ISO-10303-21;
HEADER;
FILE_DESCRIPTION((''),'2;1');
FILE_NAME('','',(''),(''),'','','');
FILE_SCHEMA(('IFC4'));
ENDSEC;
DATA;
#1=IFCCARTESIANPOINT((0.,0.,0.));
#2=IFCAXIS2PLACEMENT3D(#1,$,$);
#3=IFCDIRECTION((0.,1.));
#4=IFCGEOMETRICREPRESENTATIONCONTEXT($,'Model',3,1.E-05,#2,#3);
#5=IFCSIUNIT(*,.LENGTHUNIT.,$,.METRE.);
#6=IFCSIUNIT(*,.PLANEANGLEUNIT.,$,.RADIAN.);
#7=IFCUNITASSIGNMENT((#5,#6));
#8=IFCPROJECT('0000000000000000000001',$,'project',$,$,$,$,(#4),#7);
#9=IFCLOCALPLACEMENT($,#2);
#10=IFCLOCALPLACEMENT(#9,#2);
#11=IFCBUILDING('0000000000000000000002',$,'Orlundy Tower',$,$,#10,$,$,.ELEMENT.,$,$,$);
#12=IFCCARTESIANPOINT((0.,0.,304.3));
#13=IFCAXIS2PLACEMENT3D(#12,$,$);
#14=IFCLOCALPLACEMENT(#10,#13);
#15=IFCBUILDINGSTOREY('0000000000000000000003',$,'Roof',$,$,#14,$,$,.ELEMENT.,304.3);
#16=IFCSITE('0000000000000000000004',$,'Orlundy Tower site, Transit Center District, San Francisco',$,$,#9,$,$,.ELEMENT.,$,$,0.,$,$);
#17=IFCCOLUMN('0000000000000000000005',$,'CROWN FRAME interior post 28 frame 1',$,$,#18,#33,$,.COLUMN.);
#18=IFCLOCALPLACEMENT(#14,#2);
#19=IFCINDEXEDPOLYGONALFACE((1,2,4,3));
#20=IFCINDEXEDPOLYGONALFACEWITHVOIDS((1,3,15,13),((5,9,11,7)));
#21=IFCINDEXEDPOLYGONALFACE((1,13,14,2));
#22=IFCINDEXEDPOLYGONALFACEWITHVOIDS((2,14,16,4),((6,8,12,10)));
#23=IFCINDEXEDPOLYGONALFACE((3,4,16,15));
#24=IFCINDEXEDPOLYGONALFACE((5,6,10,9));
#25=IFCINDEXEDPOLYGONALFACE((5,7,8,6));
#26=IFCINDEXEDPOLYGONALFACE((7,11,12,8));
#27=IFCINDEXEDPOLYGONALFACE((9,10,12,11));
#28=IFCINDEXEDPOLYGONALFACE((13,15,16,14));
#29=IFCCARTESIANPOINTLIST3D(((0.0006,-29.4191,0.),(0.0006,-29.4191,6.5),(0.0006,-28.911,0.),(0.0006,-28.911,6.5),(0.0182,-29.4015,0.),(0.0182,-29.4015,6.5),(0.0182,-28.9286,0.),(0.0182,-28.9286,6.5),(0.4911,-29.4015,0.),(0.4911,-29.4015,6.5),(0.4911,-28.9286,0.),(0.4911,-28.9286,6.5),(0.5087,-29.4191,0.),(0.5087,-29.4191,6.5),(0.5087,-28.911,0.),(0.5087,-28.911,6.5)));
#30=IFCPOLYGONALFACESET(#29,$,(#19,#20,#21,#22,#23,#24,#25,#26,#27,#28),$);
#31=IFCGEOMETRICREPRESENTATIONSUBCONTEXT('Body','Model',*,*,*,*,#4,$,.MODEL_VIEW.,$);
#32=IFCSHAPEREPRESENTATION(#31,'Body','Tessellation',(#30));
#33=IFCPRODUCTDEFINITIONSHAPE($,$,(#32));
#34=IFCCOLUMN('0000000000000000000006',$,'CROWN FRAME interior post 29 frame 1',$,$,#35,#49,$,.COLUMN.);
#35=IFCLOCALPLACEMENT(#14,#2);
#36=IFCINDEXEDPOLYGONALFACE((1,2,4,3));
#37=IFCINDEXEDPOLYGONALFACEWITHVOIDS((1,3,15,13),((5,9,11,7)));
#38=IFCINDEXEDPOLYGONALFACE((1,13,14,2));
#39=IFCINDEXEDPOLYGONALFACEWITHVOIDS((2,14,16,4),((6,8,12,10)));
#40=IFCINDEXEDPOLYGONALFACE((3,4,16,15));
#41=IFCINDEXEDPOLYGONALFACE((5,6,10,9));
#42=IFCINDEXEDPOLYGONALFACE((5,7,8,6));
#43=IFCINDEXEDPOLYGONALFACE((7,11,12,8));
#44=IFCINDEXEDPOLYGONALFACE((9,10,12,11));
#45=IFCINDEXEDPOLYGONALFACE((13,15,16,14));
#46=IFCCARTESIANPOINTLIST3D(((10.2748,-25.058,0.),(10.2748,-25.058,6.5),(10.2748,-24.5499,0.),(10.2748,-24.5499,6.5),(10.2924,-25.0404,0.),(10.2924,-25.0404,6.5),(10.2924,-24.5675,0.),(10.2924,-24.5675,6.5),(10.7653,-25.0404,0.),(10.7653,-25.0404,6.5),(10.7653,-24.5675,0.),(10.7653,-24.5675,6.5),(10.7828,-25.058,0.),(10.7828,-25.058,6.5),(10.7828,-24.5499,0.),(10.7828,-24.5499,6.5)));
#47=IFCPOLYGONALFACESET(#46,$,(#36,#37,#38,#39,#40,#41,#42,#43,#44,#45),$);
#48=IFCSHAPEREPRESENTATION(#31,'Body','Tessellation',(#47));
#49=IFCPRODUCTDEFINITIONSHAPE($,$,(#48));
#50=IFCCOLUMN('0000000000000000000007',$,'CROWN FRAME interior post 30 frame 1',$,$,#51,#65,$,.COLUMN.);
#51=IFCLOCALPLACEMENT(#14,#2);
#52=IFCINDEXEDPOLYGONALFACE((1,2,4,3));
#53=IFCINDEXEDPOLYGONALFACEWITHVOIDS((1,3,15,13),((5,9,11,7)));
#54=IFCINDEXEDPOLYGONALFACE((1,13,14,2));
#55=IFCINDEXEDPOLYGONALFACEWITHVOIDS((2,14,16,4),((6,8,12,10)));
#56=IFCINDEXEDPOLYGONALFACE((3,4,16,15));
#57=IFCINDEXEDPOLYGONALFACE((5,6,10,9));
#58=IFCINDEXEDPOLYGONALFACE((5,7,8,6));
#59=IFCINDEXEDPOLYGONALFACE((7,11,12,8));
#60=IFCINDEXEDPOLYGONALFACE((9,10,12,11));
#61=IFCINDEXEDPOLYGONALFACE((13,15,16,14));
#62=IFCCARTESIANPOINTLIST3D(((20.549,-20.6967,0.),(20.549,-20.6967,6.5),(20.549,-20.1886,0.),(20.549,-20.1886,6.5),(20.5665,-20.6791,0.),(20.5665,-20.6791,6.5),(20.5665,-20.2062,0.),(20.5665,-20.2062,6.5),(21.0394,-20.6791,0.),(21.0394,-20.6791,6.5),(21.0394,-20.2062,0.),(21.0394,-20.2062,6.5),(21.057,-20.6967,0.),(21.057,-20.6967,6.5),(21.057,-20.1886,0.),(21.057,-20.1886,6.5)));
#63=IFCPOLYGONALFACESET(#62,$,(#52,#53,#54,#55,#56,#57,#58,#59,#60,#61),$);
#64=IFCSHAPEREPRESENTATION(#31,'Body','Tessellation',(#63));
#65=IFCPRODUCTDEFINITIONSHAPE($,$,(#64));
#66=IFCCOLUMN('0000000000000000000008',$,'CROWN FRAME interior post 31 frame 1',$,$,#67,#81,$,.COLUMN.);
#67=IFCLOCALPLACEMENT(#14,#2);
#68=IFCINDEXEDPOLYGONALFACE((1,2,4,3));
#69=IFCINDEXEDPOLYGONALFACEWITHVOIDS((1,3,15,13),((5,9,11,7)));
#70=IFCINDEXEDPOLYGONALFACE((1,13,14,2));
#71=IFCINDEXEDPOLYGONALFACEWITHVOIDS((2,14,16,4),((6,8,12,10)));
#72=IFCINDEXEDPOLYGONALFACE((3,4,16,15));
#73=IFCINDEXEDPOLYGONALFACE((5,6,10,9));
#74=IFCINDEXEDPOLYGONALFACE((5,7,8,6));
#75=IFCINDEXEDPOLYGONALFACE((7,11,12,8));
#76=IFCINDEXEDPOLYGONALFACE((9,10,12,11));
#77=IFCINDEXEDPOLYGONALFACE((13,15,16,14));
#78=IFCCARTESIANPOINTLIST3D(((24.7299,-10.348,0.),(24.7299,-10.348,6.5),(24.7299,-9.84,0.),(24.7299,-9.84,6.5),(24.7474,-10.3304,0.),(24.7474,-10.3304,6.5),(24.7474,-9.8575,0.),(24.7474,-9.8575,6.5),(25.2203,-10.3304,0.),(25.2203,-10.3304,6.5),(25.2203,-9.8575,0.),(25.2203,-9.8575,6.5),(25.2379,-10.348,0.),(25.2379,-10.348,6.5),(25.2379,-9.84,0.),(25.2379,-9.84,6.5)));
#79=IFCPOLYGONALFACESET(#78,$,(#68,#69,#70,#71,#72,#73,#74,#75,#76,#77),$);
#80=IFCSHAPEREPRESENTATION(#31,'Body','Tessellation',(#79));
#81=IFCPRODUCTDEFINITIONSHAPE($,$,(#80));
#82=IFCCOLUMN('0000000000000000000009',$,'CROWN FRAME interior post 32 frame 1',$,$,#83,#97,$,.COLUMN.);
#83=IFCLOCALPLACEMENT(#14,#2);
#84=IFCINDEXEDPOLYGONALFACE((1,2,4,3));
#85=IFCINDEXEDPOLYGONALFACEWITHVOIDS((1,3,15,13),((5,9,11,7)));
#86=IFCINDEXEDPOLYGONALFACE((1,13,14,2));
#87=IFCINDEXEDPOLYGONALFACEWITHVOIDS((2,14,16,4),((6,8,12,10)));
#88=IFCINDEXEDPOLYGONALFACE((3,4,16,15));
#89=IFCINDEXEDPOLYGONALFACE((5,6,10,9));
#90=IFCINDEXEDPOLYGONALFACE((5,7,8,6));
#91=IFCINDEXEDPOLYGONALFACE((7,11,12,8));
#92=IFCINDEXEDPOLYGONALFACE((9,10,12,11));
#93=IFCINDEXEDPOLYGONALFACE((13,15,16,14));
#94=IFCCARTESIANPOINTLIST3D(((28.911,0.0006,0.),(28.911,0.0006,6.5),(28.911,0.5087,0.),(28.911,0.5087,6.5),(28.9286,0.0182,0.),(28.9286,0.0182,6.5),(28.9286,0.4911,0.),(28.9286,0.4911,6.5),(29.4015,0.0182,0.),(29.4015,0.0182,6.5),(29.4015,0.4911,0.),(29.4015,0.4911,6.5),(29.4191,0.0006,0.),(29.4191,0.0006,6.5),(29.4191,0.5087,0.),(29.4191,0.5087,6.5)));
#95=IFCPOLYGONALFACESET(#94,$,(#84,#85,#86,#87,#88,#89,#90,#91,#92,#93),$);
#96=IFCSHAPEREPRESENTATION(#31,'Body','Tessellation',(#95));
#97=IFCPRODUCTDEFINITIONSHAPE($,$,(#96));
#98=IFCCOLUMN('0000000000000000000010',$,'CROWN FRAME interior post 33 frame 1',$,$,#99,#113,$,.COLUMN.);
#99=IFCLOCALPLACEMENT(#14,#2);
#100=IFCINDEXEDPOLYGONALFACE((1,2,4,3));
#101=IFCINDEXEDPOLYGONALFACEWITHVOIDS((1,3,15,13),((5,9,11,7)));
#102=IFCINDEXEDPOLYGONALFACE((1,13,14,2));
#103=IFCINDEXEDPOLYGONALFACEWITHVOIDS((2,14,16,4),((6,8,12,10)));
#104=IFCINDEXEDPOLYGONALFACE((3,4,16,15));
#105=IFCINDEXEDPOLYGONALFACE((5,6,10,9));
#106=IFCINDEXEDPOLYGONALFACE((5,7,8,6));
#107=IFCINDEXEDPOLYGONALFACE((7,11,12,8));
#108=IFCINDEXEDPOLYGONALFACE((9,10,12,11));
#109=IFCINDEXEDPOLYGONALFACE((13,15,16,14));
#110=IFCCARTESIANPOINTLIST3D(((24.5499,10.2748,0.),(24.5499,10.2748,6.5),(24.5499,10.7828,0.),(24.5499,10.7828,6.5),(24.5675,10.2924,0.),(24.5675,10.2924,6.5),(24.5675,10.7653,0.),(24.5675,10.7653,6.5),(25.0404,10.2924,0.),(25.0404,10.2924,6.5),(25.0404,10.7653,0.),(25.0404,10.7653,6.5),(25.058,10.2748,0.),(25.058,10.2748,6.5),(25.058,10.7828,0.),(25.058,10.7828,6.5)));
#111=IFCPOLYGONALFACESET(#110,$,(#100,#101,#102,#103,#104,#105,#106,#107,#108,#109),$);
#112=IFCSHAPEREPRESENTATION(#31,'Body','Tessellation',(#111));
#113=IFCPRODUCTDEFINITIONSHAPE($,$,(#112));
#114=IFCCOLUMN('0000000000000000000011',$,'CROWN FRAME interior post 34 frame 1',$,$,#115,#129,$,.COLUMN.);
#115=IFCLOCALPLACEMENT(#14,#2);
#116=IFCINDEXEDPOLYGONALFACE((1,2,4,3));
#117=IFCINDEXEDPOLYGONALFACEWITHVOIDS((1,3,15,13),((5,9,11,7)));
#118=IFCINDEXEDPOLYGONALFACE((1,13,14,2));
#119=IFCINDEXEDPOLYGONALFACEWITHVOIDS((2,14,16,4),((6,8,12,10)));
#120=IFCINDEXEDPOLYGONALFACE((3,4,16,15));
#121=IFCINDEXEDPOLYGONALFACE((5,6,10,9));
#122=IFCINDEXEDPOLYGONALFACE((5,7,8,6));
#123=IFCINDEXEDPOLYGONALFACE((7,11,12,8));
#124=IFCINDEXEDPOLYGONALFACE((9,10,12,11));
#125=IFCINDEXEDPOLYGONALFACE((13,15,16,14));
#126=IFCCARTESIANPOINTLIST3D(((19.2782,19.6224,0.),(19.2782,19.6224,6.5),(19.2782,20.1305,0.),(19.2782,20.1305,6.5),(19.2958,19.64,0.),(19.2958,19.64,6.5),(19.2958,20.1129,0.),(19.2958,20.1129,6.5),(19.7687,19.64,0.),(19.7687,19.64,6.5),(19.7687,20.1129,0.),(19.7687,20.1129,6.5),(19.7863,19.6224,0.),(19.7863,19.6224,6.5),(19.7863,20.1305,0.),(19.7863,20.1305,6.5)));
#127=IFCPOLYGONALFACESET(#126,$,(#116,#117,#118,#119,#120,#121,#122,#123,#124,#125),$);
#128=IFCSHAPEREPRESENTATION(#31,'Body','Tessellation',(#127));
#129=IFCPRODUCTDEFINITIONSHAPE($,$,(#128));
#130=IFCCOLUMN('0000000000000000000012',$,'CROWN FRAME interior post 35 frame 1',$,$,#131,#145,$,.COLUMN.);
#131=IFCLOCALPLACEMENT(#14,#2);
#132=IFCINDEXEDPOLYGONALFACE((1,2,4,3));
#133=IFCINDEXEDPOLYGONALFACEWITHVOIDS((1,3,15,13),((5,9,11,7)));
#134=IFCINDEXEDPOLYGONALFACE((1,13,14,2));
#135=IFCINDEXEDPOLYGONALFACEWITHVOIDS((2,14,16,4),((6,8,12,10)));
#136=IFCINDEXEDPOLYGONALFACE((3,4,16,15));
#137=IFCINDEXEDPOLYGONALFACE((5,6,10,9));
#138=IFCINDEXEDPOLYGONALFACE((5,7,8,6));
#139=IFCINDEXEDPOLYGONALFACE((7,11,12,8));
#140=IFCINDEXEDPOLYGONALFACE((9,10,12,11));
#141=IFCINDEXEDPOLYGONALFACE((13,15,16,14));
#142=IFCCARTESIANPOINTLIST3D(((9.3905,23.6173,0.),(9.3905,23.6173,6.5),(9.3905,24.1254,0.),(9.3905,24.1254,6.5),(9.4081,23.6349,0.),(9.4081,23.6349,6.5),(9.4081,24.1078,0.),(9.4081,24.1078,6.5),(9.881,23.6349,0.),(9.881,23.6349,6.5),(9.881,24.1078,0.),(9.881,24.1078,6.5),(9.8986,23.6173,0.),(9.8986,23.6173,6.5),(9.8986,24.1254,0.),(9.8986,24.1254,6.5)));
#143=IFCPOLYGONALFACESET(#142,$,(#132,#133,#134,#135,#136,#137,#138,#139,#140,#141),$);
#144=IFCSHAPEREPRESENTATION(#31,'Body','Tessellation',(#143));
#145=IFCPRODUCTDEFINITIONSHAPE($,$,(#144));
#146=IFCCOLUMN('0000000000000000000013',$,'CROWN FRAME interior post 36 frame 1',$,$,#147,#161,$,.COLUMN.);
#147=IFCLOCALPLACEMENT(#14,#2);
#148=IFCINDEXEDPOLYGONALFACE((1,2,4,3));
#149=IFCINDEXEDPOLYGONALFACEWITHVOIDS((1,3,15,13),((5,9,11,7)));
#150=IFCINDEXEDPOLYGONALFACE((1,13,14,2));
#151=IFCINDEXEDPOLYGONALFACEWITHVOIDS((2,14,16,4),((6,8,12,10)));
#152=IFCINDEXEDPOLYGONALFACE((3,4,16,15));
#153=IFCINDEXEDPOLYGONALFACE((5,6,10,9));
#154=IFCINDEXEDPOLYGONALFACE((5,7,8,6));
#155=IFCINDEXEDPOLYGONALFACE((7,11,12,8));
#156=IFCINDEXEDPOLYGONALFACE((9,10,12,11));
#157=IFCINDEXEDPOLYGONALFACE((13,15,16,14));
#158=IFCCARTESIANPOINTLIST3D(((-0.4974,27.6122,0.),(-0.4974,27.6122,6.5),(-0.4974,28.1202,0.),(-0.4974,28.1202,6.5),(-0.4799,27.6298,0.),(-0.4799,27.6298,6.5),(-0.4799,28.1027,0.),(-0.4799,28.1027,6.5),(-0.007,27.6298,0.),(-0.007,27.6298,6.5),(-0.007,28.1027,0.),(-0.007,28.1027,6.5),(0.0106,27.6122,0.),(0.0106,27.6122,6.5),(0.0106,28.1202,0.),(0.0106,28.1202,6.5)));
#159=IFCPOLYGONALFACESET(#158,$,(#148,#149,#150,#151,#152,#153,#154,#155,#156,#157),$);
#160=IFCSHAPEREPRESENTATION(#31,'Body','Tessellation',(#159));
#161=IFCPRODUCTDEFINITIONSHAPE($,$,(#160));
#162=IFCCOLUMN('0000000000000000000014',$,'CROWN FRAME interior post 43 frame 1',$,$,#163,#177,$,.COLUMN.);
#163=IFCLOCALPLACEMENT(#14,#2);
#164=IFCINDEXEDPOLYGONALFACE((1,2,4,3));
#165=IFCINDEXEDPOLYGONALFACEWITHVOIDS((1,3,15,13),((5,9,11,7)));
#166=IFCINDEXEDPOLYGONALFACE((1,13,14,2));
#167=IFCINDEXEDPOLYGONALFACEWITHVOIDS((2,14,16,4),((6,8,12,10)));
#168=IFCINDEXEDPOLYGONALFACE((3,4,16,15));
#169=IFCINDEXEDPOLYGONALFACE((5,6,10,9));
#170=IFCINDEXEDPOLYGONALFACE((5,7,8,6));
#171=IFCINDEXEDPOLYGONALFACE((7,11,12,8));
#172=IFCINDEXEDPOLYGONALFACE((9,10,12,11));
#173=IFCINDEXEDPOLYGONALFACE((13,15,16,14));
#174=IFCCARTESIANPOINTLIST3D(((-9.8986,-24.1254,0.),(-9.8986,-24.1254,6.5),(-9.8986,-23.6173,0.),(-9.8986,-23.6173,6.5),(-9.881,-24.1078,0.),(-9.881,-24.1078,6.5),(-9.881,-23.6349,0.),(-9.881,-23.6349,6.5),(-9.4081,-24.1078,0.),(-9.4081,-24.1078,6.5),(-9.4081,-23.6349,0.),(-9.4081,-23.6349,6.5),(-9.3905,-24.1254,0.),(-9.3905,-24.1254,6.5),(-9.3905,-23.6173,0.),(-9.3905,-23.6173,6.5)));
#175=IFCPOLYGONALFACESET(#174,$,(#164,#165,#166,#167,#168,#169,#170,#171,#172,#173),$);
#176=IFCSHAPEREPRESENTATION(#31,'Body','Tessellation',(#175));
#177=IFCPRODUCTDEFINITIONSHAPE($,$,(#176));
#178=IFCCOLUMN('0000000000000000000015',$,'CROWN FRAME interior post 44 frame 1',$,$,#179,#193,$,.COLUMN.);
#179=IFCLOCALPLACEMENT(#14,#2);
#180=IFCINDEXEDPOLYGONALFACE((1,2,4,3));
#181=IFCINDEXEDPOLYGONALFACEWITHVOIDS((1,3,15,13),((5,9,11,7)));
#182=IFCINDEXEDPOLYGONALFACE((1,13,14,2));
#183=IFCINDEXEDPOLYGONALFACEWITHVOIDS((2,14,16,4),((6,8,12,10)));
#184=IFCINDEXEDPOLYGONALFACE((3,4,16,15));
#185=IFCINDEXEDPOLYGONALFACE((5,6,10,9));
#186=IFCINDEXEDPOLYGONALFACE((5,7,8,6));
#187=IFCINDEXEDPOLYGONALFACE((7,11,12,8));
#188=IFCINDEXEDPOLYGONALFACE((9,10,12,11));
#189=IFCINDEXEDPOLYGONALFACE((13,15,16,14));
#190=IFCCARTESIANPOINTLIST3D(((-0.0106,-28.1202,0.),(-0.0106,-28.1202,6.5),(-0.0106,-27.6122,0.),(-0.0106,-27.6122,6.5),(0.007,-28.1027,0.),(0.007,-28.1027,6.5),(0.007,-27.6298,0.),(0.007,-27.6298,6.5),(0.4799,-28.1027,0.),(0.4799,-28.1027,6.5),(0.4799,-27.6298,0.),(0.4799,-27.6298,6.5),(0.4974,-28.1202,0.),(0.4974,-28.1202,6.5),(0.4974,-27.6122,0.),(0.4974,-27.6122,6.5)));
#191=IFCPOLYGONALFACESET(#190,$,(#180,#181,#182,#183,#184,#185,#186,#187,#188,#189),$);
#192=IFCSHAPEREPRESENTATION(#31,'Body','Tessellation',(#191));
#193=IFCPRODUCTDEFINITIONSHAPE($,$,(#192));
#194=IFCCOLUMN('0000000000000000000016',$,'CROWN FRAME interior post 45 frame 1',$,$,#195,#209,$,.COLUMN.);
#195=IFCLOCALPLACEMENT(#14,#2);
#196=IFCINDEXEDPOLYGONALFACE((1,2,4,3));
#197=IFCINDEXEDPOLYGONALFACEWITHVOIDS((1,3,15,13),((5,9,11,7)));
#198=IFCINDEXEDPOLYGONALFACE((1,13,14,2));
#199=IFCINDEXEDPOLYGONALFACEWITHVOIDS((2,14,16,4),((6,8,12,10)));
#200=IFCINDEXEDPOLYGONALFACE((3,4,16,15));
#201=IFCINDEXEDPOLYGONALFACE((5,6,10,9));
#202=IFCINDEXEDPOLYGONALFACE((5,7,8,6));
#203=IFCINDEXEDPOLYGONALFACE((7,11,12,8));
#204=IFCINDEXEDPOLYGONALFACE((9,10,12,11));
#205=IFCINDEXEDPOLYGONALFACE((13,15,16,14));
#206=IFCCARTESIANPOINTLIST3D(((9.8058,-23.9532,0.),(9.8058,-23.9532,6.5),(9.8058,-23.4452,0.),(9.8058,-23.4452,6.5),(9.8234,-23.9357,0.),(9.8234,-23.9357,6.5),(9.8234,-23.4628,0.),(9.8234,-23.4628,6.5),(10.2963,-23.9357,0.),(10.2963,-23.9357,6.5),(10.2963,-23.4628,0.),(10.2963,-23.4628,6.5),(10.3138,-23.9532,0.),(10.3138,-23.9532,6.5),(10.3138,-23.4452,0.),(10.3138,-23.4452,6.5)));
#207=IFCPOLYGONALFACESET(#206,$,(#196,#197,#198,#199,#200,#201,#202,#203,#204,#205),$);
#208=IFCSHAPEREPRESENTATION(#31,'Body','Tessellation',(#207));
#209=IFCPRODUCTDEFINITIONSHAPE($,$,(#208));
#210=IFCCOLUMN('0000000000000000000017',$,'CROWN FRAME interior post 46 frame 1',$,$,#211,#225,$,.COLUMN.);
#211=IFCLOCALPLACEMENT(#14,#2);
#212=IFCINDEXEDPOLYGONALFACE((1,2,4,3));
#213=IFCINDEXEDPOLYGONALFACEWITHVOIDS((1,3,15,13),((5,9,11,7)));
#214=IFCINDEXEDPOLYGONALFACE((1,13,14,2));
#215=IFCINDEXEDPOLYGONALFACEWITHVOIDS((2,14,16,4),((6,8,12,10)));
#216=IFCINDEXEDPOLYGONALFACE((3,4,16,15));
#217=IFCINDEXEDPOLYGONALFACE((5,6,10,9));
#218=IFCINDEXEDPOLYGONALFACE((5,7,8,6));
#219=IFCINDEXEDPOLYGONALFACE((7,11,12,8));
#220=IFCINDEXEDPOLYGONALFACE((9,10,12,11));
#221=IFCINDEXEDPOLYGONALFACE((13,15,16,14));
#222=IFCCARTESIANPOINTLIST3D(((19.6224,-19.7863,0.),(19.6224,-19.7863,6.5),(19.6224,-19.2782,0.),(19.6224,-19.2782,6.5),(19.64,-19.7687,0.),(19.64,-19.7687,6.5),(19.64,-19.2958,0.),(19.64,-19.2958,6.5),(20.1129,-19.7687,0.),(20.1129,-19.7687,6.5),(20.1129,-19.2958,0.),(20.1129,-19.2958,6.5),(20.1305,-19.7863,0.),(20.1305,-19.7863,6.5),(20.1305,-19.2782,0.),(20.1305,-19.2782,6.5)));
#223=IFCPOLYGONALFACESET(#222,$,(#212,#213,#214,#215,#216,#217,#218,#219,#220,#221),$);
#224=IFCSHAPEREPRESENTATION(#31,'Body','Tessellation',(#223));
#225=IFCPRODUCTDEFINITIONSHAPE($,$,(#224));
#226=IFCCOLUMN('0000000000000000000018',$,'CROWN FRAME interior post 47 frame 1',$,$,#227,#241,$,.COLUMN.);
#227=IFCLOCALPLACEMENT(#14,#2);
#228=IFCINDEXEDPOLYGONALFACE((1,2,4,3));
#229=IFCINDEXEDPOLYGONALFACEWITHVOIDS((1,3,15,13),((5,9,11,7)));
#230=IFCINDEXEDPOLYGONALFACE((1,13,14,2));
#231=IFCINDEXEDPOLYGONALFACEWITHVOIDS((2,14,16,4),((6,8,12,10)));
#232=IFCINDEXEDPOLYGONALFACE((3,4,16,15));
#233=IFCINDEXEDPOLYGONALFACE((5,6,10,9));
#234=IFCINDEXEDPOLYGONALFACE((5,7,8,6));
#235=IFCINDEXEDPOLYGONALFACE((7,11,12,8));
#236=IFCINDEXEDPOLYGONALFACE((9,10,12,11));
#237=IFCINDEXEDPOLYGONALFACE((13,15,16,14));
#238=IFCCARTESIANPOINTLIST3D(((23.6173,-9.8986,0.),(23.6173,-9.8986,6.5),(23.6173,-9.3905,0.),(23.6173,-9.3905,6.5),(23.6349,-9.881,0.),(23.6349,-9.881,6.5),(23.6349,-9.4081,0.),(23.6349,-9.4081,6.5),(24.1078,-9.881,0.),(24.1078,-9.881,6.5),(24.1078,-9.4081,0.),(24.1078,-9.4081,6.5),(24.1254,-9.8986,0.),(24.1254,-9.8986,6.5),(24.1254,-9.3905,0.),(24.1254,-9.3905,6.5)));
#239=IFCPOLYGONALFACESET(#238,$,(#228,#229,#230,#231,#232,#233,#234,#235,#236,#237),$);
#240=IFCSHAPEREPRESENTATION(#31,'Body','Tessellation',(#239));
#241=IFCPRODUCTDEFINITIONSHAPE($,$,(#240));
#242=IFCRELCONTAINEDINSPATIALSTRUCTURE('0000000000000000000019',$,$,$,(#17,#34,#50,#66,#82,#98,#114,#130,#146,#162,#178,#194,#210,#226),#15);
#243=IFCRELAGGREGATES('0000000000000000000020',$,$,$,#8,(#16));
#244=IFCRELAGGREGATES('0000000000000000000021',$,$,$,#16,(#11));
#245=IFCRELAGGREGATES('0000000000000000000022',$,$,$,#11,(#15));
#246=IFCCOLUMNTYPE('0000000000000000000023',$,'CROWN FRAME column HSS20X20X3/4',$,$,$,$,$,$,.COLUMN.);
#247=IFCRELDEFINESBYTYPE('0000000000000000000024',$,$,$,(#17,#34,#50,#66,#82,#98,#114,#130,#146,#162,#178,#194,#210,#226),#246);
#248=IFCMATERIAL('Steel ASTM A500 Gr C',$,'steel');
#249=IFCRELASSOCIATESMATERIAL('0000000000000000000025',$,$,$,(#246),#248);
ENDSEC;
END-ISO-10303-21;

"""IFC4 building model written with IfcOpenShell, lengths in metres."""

from ifc_helpers import new_model, si_unit, direction, frame, origin, origin_2d, place, context, subcontext, project, spatial, hollow_rectangle, extrude, material, material_profile, profile_set, type_object, element, save


model = new_model("IFC4")

# Units and contexts
model_context = context("Model", 3, precision=1e-05, world=origin(), true_north=direction((0.0, 1.0)))
body_context = subcontext(model_context, "Body", "Model", "MODEL_VIEW")
ifc_project = project(units=[si_unit("LENGTHUNIT", "METRE"), si_unit("PLANEANGLEUNIT", "RADIAN")], contexts=[model_context])

# Site, building, storey
site_placement = place(None, origin())
site = spatial("IfcSite", under=ifc_project, at=site_placement, Name="Orlundy Tower site, Transit Center District, San Francisco", CompositionType="ELEMENT", RefElevation=0.0)
building_placement = place(site_placement, origin())
building = spatial("IfcBuilding", under=site, at=building_placement, Name="Orlundy Tower", CompositionType="ELEMENT")
storey_placement = place(building_placement, frame((0.0, 0.0, 304.3)))
storey = spatial("IfcBuildingStorey", under=building, at=storey_placement, Name="Roof", CompositionType="ELEMENT", Elevation=304.3)

# Columns
ifc_material = material(Name="Steel ASTM A500 Gr C", Category="steel")
ifc_material_profile = material_profile(ifc_material, hollow_rectangle(XDim=0.5081, YDim=0.5081, WallThickness=0.0176, at=origin_2d()), Name="HSS20X20X3/4")
ifc_profile_set = profile_set([ifc_material_profile], Name="Steel ASTM A500 Gr C")
column_type = type_object("IfcColumnType", Name="CROWN FRAME column HSS20X20X3/4", PredefinedType="COLUMN", material=ifc_profile_set)
for number, where, z_axis, x_axis, name in (
    (1, (0.2546, -29.165, 0.0), (0.0, 0.0, 1.0), (1.0, 0.0, 0.0), "CROWN FRAME interior post 28 frame 1"),
    (2, (10.5288, -24.804, 0.0), (0.0, 0.0, 1.0), (1.0, 0.0, 0.0), "CROWN FRAME interior post 29 frame 1"),
    (3, (20.803, -20.4426, 0.0), (0.0, 0.0, 1.0), (1.0, 0.0, 0.0), "CROWN FRAME interior post 30 frame 1"),
    (4, (24.9839, -10.094, 0.0), (0.0, 0.0, 1.0), (1.0, 0.0, 0.0), "CROWN FRAME interior post 31 frame 1"),
    (5, (29.165, 0.2546, 0.0), (0.0, 0.0, 1.0), (1.0, 0.0, 0.0), "CROWN FRAME interior post 32 frame 1"),
    (6, (24.804, 10.5288, 0.0), (0.0, 0.0, 1.0), (1.0, 0.0, 0.0), "CROWN FRAME interior post 33 frame 1"),
    (7, (19.5322, 19.8765, 0.0), (0.0, 0.0, 1.0), (1.0, 0.0, 0.0), "CROWN FRAME interior post 34 frame 1"),
    (8, (9.6445, 23.8713, 0.0), (0.0, 0.0, 1.0), (1.0, 0.0, 0.0), "CROWN FRAME interior post 35 frame 1"),
    (9, (-0.2434, 27.8662, 0.0), (0.0, 0.0, 1.0), (1.0, 0.0, 0.0), "CROWN FRAME interior post 36 frame 1"),
    (10, (-9.6445, -23.8713, 0.0), (0.0, 0.0, 1.0), (1.0, 0.0, 0.0), "CROWN FRAME interior post 43 frame 1"),
    (11, (0.2434, -27.8662, 0.0), (0.0, 0.0, 1.0), (1.0, 0.0, 0.0), "CROWN FRAME interior post 44 frame 1"),
    (12, (10.0598, -23.6992, 0.0), (0.0, 0.0, 1.0), (1.0, 0.0, 0.0), "CROWN FRAME interior post 45 frame 1"),
    (13, (19.8765, -19.5322, 0.0), (0.0, 0.0, 1.0), (1.0, 0.0, 0.0), "CROWN FRAME interior post 46 frame 1"),
    (14, (23.8713, -9.6445, 0.0), (0.0, 0.0, 1.0), (1.0, 0.0, 0.0), "CROWN FRAME interior post 47 frame 1"),
):
    element("IfcColumn", number, at=place(storey_placement, frame(where, z_axis=z_axis, x_axis=x_axis)), inside=storey, type_object=column_type, Name=name, PredefinedType="COLUMN", context=body_context, shape_type="SweptSolid", body=[
        extrude(hollow_rectangle(XDim=0.5081, YDim=0.5081, WallThickness=0.0176, at=origin_2d()), origin(), (0.0, 0.0, 1.0), 6.5),
    ])

save(model, "model.ifc")
